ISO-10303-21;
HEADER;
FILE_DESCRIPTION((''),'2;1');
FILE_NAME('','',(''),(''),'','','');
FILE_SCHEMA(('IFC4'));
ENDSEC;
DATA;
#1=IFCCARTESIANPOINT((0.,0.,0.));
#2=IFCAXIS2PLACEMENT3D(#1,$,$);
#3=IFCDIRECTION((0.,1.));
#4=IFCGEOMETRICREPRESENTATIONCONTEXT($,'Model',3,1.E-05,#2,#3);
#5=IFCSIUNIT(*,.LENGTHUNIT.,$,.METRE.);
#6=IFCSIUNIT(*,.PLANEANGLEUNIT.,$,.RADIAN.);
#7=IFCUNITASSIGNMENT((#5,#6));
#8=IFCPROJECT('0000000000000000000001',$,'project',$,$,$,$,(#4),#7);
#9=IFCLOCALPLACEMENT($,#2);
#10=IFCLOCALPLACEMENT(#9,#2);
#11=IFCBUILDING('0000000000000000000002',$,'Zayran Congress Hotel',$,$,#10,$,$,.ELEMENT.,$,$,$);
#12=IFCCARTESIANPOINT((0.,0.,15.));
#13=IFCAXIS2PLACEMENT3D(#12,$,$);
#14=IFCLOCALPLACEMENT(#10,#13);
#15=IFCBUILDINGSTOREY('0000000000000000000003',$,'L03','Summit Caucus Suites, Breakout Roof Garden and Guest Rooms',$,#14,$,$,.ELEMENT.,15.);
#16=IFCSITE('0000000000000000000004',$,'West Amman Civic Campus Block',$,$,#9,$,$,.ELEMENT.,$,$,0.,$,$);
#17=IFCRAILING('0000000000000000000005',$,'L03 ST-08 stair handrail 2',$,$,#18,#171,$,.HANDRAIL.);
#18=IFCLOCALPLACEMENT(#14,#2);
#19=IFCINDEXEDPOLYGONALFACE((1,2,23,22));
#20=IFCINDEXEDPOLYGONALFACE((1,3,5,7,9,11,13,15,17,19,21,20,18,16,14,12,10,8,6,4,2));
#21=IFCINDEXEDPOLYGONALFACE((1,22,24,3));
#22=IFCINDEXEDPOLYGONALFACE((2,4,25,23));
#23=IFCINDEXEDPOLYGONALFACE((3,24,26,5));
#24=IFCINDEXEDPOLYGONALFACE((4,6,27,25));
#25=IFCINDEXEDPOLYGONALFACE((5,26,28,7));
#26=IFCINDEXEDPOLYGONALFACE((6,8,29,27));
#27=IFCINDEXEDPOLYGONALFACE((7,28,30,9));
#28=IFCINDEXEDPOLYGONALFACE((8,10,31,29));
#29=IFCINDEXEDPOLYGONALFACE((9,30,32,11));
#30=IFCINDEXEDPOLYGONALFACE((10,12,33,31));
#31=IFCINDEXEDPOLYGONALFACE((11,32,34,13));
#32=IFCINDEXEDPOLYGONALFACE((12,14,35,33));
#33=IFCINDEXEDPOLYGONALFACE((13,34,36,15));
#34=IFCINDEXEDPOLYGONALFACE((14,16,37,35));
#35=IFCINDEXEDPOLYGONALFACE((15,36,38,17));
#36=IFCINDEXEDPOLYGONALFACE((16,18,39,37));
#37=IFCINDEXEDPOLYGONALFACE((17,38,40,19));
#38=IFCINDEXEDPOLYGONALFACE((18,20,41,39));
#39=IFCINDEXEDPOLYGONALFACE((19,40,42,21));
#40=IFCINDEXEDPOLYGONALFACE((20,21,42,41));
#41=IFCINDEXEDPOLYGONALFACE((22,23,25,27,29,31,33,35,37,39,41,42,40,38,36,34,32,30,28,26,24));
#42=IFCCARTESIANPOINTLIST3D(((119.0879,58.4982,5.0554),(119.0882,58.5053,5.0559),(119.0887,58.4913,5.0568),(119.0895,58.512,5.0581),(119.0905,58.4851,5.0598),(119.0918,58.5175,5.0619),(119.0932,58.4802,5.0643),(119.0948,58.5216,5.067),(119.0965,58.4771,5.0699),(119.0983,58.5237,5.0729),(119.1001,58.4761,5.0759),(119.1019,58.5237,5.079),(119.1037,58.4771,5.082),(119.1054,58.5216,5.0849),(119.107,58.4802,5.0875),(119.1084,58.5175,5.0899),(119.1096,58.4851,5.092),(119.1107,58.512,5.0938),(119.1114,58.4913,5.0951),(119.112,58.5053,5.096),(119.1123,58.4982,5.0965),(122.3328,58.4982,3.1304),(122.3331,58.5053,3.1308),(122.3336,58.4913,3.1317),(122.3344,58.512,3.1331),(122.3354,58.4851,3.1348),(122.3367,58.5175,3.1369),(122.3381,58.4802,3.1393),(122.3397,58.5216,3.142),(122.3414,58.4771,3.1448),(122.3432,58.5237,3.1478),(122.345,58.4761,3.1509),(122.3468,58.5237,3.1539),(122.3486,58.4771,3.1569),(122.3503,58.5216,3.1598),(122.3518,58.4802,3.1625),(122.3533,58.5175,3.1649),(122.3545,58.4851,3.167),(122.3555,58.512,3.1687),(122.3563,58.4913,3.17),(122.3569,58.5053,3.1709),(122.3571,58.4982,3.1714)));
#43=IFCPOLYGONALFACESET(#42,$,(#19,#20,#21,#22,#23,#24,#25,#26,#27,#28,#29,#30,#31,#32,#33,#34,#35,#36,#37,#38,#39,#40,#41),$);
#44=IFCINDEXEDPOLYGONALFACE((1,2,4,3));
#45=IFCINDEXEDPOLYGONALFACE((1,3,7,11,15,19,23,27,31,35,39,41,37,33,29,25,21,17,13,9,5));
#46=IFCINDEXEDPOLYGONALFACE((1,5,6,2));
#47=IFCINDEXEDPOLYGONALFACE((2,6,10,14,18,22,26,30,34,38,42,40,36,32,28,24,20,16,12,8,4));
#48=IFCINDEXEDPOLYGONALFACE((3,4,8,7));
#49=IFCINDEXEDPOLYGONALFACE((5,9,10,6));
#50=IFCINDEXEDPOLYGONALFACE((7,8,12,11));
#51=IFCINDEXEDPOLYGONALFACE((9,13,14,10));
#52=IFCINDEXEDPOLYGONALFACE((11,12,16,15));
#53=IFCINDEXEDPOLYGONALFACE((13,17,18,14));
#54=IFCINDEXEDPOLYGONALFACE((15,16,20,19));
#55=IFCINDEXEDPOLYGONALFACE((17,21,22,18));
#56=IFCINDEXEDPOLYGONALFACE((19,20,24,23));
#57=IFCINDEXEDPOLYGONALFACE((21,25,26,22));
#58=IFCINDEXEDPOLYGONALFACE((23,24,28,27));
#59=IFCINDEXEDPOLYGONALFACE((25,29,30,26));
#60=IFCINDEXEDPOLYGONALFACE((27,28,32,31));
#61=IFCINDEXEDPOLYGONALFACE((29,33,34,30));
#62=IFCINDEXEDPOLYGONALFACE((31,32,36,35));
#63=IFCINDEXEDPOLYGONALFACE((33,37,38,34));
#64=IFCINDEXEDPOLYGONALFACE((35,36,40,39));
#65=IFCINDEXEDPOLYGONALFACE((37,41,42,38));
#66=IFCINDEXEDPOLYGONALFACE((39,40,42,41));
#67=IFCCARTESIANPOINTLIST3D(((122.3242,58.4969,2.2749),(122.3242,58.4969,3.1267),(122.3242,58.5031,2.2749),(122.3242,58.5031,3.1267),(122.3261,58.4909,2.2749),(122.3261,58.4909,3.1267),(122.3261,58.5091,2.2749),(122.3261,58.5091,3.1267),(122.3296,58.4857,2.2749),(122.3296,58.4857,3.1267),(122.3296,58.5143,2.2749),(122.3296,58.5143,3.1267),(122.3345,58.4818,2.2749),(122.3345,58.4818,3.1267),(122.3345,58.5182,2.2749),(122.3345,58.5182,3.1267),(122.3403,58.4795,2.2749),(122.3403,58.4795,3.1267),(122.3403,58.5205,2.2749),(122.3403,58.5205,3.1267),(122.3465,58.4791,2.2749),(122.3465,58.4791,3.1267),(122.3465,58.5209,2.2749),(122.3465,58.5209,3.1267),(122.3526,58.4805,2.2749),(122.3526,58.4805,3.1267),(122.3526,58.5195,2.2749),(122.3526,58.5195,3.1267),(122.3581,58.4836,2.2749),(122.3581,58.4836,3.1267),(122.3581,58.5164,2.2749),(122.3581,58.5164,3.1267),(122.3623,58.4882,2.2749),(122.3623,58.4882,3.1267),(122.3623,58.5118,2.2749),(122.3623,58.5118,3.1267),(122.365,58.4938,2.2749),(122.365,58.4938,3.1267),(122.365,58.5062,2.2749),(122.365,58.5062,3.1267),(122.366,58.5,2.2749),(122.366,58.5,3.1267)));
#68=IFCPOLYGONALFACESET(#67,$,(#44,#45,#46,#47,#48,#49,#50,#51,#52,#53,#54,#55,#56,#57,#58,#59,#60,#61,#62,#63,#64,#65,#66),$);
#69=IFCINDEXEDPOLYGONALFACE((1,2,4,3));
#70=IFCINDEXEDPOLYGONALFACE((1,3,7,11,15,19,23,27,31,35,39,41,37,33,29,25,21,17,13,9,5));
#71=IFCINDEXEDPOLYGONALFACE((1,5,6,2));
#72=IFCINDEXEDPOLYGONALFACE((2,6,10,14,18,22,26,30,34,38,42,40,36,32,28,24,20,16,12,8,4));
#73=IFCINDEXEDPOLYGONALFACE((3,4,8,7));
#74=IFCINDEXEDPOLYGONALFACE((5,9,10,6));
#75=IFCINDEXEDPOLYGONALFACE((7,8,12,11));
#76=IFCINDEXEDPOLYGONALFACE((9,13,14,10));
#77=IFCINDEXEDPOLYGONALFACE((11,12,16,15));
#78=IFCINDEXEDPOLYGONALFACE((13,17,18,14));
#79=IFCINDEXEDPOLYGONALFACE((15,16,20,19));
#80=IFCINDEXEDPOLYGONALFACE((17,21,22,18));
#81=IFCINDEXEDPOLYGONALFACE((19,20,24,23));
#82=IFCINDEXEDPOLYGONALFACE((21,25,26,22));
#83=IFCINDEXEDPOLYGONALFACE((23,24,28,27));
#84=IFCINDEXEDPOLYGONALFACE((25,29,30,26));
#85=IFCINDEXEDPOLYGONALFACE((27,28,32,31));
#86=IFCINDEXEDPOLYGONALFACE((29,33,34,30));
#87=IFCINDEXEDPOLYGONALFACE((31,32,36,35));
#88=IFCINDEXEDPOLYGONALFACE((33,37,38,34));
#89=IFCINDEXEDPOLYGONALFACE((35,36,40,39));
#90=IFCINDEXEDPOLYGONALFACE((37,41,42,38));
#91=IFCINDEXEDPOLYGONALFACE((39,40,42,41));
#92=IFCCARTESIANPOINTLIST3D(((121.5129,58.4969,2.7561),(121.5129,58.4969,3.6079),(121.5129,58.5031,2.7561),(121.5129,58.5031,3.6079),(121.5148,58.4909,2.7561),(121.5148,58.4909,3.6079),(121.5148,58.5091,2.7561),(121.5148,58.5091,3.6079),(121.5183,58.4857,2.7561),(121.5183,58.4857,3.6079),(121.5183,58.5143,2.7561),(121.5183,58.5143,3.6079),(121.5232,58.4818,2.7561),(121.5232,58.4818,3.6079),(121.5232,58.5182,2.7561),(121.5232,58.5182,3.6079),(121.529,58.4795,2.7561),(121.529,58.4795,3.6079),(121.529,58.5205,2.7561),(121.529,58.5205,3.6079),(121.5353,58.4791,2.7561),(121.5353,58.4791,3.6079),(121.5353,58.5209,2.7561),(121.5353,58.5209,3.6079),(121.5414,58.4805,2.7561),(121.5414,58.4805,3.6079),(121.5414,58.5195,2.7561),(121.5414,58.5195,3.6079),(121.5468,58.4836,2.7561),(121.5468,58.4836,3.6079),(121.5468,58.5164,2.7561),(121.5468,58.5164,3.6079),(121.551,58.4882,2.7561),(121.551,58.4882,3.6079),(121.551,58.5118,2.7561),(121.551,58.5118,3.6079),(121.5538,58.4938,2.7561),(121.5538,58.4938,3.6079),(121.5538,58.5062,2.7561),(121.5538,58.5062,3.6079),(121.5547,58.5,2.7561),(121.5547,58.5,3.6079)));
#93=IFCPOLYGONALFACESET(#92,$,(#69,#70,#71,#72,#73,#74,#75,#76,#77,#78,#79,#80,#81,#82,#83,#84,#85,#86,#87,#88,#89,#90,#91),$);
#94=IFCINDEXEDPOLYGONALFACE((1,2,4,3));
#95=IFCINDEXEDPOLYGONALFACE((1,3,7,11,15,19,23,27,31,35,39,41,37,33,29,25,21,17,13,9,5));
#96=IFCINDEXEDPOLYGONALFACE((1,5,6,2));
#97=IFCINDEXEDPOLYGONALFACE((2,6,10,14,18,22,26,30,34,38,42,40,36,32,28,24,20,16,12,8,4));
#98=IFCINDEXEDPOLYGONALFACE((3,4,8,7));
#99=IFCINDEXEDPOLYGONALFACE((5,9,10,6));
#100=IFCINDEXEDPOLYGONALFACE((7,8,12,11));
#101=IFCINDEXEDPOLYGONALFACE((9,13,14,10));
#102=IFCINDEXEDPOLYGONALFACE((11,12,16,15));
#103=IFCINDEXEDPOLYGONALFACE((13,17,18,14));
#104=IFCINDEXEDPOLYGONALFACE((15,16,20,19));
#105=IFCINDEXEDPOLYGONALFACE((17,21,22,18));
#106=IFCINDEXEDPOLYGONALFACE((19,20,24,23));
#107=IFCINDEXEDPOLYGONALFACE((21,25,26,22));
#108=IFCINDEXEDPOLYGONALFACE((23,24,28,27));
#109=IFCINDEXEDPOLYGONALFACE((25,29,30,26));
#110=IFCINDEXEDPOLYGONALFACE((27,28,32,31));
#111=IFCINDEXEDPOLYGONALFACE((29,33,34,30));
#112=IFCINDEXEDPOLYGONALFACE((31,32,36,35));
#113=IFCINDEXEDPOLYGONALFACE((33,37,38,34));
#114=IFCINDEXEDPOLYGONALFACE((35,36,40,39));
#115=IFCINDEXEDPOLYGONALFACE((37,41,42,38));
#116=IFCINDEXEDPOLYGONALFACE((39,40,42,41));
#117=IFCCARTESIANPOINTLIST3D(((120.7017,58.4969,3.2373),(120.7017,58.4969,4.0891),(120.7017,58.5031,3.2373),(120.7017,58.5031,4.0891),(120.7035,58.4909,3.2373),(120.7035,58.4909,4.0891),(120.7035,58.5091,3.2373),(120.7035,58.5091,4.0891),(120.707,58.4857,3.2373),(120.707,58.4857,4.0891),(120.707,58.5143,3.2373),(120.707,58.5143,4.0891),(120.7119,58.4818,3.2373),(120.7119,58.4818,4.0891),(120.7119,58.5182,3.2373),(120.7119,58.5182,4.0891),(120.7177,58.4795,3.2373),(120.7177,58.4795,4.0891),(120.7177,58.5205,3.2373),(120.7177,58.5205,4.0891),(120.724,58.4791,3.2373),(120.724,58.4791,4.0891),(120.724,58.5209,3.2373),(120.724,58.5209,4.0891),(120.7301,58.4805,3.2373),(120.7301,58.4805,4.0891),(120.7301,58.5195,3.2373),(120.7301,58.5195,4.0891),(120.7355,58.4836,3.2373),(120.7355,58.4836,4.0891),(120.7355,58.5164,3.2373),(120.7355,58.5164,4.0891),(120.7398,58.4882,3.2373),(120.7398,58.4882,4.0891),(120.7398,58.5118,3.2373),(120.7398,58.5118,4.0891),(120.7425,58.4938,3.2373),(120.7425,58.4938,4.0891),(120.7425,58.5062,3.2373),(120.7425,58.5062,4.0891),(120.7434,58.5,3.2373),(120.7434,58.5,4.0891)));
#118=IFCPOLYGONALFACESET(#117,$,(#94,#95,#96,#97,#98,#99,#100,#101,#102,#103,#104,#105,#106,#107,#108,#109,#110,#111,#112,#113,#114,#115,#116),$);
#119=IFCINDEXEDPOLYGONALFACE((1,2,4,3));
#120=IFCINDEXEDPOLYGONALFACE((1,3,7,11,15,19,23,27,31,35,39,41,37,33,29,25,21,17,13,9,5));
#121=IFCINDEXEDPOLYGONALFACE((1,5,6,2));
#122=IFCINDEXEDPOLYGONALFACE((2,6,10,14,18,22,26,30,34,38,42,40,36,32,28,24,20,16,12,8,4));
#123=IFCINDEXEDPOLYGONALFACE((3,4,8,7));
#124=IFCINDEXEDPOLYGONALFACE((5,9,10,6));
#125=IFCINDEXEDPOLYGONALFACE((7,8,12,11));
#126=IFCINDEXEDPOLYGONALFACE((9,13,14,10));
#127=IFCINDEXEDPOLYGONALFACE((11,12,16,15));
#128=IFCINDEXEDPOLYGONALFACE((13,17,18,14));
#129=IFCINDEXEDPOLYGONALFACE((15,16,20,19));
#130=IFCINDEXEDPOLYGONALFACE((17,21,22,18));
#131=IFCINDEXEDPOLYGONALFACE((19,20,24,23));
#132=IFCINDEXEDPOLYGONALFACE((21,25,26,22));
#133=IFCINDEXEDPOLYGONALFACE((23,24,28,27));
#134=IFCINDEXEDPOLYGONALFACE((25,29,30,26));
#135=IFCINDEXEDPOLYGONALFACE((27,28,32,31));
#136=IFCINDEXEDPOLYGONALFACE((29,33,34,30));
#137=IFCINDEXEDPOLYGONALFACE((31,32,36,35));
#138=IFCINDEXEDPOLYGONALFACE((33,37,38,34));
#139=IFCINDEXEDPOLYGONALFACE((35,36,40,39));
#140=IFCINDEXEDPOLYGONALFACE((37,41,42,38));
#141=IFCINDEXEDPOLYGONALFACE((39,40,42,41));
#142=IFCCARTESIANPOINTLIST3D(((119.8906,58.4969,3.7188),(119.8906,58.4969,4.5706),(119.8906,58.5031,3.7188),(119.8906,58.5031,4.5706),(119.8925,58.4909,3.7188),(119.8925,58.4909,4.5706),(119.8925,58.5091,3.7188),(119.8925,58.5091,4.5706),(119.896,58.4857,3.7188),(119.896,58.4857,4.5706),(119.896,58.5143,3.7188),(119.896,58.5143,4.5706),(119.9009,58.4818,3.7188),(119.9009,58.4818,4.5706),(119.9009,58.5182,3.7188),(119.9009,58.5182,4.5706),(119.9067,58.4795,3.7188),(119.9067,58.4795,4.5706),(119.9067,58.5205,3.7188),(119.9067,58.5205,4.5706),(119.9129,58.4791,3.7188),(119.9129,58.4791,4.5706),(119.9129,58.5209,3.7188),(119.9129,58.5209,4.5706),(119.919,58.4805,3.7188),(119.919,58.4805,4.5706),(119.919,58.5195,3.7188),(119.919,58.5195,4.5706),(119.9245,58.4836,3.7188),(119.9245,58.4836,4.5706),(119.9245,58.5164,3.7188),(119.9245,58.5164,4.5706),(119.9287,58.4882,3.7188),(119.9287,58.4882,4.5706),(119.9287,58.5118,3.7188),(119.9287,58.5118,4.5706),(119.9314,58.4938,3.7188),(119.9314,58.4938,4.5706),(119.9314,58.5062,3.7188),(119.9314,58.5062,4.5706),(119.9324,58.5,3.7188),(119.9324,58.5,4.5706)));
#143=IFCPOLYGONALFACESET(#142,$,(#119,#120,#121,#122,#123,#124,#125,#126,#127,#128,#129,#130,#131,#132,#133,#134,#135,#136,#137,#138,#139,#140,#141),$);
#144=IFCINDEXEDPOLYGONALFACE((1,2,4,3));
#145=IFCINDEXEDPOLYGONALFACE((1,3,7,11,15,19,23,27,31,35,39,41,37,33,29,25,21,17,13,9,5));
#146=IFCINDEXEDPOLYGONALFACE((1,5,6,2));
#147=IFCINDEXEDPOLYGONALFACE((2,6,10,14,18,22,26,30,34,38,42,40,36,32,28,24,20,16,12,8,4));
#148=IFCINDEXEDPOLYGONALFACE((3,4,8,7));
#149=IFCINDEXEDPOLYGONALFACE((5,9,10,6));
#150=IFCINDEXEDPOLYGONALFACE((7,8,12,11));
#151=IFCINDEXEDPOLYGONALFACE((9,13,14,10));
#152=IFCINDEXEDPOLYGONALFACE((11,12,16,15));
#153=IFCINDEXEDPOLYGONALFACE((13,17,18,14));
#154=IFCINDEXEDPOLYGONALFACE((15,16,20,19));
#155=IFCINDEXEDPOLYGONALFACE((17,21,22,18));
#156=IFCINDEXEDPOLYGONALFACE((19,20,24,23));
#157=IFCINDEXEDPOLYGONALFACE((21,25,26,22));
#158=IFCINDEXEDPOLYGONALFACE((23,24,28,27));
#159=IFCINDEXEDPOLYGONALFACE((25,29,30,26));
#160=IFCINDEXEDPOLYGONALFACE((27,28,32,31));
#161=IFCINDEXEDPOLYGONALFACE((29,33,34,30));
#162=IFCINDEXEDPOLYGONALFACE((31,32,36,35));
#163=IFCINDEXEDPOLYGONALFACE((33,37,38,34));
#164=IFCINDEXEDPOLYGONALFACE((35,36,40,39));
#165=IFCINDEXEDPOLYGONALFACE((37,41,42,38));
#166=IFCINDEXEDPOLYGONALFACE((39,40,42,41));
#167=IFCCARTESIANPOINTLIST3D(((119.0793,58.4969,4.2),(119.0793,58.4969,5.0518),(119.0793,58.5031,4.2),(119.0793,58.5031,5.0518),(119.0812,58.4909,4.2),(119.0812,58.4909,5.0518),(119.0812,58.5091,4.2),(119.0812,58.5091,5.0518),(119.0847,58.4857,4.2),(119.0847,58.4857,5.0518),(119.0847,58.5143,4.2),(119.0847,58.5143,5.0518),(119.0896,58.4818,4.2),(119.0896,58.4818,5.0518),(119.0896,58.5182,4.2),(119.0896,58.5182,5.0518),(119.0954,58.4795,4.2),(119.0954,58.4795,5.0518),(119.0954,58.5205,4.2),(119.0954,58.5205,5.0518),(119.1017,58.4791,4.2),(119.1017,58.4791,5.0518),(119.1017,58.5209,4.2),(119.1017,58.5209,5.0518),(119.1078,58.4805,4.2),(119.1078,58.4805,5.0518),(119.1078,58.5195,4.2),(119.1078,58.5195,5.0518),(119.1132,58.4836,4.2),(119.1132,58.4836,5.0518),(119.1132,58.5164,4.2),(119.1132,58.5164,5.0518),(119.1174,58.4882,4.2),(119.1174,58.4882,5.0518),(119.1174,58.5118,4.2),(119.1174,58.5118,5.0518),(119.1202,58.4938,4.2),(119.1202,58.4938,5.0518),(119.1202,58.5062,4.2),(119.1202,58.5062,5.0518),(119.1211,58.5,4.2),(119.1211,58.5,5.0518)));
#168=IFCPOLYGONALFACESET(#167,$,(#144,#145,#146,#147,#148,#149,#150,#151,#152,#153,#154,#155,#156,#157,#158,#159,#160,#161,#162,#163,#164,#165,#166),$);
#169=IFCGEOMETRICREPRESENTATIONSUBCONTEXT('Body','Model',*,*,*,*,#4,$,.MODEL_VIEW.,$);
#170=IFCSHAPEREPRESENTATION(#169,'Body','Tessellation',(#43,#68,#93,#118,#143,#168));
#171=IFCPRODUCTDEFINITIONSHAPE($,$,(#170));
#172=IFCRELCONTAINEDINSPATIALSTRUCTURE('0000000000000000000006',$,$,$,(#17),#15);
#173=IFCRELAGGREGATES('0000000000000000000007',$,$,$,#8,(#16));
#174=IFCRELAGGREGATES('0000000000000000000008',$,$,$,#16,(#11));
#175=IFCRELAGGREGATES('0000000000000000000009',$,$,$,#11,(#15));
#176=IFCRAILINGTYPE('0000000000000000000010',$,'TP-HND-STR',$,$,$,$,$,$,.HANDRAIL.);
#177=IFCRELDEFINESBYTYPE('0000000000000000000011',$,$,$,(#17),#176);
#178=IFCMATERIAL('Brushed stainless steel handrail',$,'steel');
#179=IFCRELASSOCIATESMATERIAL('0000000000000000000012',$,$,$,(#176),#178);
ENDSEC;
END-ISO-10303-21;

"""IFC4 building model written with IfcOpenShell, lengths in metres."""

from ifc_helpers import new_model, si_unit, direction, frame, origin, origin_2d, place, context, subcontext, project, spatial, circle, extrude, material, type_object, element, save


model = new_model("IFC4")

# Units and contexts
model_context = context("Model", 3, precision=1e-05, world=origin(), true_north=direction((0.0, 1.0)))
body_context = subcontext(model_context, "Body", "Model", "MODEL_VIEW")
ifc_project = project(units=[si_unit("LENGTHUNIT", "METRE"), si_unit("PLANEANGLEUNIT", "RADIAN")], contexts=[model_context])

# Site, building, storey
site_placement = place(None, origin())
site = spatial("IfcSite", under=ifc_project, at=site_placement, Name="West Amman Civic Campus Block", CompositionType="ELEMENT", RefElevation=0.0)
building_placement = place(site_placement, origin())
building = spatial("IfcBuilding", under=site, at=building_placement, Name="Zayran Congress Hotel", CompositionType="ELEMENT")
storey_placement = place(building_placement, frame((0.0, 0.0, 15.0)))
storey = spatial("IfcBuildingStorey", under=building, at=storey_placement, Name="L03", Description="Summit Caucus Suites, Breakout Roof Garden and Guest Rooms", CompositionType="ELEMENT", Elevation=15.0)

# Railing
ifc_material_1 = material(Name="Brushed stainless steel handrail", Category="steel")
railing_type_1 = type_object("IfcRailingType", Name="TP-HND-STR", PredefinedType="HANDRAIL", material=ifc_material_1)
railing_1_placement = place(storey_placement, frame((122.345, 58.5, 2.2749)))
element("IfcRailing", 1, at=railing_1_placement, inside=storey, type_object=railing_type_1, Name="L03 ST-08 stair handrail 2", PredefinedType="HANDRAIL", context=body_context, shape_type="SweptSolid", body=[
    extrude(circle(Radius=0.0239, at=origin_2d()), frame((0.0, 0.0, 0.876), z_axis=(-0.86004, 0.0, 0.510226), x_axis=(0.0, -1.0, 0.0)), (0.0, 0.0, 1.0), 3.7729),
    extrude(circle(Radius=0.021, at=origin_2d()), origin(), (0.0, 0.0, 1.0), 0.8518),
    extrude(circle(Radius=0.021, at=origin_2d()), frame((-0.8113, 0.0, 0.4812)), (0.0, 0.0, 1.0), 0.8518),
    extrude(circle(Radius=0.021, at=origin_2d()), frame((-1.6226, 0.0, 0.9624)), (0.0, 0.0, 1.0), 0.8518),
    extrude(circle(Radius=0.021, at=origin_2d()), frame((-2.4336, 0.0, 1.4438)), (0.0, 0.0, 1.0), 0.8518),
    extrude(circle(Radius=0.021, at=origin_2d()), frame((-3.2449, 0.0, 1.925)), (0.0, 0.0, 1.0), 0.8518),
])

save(model, "model.ifc")
